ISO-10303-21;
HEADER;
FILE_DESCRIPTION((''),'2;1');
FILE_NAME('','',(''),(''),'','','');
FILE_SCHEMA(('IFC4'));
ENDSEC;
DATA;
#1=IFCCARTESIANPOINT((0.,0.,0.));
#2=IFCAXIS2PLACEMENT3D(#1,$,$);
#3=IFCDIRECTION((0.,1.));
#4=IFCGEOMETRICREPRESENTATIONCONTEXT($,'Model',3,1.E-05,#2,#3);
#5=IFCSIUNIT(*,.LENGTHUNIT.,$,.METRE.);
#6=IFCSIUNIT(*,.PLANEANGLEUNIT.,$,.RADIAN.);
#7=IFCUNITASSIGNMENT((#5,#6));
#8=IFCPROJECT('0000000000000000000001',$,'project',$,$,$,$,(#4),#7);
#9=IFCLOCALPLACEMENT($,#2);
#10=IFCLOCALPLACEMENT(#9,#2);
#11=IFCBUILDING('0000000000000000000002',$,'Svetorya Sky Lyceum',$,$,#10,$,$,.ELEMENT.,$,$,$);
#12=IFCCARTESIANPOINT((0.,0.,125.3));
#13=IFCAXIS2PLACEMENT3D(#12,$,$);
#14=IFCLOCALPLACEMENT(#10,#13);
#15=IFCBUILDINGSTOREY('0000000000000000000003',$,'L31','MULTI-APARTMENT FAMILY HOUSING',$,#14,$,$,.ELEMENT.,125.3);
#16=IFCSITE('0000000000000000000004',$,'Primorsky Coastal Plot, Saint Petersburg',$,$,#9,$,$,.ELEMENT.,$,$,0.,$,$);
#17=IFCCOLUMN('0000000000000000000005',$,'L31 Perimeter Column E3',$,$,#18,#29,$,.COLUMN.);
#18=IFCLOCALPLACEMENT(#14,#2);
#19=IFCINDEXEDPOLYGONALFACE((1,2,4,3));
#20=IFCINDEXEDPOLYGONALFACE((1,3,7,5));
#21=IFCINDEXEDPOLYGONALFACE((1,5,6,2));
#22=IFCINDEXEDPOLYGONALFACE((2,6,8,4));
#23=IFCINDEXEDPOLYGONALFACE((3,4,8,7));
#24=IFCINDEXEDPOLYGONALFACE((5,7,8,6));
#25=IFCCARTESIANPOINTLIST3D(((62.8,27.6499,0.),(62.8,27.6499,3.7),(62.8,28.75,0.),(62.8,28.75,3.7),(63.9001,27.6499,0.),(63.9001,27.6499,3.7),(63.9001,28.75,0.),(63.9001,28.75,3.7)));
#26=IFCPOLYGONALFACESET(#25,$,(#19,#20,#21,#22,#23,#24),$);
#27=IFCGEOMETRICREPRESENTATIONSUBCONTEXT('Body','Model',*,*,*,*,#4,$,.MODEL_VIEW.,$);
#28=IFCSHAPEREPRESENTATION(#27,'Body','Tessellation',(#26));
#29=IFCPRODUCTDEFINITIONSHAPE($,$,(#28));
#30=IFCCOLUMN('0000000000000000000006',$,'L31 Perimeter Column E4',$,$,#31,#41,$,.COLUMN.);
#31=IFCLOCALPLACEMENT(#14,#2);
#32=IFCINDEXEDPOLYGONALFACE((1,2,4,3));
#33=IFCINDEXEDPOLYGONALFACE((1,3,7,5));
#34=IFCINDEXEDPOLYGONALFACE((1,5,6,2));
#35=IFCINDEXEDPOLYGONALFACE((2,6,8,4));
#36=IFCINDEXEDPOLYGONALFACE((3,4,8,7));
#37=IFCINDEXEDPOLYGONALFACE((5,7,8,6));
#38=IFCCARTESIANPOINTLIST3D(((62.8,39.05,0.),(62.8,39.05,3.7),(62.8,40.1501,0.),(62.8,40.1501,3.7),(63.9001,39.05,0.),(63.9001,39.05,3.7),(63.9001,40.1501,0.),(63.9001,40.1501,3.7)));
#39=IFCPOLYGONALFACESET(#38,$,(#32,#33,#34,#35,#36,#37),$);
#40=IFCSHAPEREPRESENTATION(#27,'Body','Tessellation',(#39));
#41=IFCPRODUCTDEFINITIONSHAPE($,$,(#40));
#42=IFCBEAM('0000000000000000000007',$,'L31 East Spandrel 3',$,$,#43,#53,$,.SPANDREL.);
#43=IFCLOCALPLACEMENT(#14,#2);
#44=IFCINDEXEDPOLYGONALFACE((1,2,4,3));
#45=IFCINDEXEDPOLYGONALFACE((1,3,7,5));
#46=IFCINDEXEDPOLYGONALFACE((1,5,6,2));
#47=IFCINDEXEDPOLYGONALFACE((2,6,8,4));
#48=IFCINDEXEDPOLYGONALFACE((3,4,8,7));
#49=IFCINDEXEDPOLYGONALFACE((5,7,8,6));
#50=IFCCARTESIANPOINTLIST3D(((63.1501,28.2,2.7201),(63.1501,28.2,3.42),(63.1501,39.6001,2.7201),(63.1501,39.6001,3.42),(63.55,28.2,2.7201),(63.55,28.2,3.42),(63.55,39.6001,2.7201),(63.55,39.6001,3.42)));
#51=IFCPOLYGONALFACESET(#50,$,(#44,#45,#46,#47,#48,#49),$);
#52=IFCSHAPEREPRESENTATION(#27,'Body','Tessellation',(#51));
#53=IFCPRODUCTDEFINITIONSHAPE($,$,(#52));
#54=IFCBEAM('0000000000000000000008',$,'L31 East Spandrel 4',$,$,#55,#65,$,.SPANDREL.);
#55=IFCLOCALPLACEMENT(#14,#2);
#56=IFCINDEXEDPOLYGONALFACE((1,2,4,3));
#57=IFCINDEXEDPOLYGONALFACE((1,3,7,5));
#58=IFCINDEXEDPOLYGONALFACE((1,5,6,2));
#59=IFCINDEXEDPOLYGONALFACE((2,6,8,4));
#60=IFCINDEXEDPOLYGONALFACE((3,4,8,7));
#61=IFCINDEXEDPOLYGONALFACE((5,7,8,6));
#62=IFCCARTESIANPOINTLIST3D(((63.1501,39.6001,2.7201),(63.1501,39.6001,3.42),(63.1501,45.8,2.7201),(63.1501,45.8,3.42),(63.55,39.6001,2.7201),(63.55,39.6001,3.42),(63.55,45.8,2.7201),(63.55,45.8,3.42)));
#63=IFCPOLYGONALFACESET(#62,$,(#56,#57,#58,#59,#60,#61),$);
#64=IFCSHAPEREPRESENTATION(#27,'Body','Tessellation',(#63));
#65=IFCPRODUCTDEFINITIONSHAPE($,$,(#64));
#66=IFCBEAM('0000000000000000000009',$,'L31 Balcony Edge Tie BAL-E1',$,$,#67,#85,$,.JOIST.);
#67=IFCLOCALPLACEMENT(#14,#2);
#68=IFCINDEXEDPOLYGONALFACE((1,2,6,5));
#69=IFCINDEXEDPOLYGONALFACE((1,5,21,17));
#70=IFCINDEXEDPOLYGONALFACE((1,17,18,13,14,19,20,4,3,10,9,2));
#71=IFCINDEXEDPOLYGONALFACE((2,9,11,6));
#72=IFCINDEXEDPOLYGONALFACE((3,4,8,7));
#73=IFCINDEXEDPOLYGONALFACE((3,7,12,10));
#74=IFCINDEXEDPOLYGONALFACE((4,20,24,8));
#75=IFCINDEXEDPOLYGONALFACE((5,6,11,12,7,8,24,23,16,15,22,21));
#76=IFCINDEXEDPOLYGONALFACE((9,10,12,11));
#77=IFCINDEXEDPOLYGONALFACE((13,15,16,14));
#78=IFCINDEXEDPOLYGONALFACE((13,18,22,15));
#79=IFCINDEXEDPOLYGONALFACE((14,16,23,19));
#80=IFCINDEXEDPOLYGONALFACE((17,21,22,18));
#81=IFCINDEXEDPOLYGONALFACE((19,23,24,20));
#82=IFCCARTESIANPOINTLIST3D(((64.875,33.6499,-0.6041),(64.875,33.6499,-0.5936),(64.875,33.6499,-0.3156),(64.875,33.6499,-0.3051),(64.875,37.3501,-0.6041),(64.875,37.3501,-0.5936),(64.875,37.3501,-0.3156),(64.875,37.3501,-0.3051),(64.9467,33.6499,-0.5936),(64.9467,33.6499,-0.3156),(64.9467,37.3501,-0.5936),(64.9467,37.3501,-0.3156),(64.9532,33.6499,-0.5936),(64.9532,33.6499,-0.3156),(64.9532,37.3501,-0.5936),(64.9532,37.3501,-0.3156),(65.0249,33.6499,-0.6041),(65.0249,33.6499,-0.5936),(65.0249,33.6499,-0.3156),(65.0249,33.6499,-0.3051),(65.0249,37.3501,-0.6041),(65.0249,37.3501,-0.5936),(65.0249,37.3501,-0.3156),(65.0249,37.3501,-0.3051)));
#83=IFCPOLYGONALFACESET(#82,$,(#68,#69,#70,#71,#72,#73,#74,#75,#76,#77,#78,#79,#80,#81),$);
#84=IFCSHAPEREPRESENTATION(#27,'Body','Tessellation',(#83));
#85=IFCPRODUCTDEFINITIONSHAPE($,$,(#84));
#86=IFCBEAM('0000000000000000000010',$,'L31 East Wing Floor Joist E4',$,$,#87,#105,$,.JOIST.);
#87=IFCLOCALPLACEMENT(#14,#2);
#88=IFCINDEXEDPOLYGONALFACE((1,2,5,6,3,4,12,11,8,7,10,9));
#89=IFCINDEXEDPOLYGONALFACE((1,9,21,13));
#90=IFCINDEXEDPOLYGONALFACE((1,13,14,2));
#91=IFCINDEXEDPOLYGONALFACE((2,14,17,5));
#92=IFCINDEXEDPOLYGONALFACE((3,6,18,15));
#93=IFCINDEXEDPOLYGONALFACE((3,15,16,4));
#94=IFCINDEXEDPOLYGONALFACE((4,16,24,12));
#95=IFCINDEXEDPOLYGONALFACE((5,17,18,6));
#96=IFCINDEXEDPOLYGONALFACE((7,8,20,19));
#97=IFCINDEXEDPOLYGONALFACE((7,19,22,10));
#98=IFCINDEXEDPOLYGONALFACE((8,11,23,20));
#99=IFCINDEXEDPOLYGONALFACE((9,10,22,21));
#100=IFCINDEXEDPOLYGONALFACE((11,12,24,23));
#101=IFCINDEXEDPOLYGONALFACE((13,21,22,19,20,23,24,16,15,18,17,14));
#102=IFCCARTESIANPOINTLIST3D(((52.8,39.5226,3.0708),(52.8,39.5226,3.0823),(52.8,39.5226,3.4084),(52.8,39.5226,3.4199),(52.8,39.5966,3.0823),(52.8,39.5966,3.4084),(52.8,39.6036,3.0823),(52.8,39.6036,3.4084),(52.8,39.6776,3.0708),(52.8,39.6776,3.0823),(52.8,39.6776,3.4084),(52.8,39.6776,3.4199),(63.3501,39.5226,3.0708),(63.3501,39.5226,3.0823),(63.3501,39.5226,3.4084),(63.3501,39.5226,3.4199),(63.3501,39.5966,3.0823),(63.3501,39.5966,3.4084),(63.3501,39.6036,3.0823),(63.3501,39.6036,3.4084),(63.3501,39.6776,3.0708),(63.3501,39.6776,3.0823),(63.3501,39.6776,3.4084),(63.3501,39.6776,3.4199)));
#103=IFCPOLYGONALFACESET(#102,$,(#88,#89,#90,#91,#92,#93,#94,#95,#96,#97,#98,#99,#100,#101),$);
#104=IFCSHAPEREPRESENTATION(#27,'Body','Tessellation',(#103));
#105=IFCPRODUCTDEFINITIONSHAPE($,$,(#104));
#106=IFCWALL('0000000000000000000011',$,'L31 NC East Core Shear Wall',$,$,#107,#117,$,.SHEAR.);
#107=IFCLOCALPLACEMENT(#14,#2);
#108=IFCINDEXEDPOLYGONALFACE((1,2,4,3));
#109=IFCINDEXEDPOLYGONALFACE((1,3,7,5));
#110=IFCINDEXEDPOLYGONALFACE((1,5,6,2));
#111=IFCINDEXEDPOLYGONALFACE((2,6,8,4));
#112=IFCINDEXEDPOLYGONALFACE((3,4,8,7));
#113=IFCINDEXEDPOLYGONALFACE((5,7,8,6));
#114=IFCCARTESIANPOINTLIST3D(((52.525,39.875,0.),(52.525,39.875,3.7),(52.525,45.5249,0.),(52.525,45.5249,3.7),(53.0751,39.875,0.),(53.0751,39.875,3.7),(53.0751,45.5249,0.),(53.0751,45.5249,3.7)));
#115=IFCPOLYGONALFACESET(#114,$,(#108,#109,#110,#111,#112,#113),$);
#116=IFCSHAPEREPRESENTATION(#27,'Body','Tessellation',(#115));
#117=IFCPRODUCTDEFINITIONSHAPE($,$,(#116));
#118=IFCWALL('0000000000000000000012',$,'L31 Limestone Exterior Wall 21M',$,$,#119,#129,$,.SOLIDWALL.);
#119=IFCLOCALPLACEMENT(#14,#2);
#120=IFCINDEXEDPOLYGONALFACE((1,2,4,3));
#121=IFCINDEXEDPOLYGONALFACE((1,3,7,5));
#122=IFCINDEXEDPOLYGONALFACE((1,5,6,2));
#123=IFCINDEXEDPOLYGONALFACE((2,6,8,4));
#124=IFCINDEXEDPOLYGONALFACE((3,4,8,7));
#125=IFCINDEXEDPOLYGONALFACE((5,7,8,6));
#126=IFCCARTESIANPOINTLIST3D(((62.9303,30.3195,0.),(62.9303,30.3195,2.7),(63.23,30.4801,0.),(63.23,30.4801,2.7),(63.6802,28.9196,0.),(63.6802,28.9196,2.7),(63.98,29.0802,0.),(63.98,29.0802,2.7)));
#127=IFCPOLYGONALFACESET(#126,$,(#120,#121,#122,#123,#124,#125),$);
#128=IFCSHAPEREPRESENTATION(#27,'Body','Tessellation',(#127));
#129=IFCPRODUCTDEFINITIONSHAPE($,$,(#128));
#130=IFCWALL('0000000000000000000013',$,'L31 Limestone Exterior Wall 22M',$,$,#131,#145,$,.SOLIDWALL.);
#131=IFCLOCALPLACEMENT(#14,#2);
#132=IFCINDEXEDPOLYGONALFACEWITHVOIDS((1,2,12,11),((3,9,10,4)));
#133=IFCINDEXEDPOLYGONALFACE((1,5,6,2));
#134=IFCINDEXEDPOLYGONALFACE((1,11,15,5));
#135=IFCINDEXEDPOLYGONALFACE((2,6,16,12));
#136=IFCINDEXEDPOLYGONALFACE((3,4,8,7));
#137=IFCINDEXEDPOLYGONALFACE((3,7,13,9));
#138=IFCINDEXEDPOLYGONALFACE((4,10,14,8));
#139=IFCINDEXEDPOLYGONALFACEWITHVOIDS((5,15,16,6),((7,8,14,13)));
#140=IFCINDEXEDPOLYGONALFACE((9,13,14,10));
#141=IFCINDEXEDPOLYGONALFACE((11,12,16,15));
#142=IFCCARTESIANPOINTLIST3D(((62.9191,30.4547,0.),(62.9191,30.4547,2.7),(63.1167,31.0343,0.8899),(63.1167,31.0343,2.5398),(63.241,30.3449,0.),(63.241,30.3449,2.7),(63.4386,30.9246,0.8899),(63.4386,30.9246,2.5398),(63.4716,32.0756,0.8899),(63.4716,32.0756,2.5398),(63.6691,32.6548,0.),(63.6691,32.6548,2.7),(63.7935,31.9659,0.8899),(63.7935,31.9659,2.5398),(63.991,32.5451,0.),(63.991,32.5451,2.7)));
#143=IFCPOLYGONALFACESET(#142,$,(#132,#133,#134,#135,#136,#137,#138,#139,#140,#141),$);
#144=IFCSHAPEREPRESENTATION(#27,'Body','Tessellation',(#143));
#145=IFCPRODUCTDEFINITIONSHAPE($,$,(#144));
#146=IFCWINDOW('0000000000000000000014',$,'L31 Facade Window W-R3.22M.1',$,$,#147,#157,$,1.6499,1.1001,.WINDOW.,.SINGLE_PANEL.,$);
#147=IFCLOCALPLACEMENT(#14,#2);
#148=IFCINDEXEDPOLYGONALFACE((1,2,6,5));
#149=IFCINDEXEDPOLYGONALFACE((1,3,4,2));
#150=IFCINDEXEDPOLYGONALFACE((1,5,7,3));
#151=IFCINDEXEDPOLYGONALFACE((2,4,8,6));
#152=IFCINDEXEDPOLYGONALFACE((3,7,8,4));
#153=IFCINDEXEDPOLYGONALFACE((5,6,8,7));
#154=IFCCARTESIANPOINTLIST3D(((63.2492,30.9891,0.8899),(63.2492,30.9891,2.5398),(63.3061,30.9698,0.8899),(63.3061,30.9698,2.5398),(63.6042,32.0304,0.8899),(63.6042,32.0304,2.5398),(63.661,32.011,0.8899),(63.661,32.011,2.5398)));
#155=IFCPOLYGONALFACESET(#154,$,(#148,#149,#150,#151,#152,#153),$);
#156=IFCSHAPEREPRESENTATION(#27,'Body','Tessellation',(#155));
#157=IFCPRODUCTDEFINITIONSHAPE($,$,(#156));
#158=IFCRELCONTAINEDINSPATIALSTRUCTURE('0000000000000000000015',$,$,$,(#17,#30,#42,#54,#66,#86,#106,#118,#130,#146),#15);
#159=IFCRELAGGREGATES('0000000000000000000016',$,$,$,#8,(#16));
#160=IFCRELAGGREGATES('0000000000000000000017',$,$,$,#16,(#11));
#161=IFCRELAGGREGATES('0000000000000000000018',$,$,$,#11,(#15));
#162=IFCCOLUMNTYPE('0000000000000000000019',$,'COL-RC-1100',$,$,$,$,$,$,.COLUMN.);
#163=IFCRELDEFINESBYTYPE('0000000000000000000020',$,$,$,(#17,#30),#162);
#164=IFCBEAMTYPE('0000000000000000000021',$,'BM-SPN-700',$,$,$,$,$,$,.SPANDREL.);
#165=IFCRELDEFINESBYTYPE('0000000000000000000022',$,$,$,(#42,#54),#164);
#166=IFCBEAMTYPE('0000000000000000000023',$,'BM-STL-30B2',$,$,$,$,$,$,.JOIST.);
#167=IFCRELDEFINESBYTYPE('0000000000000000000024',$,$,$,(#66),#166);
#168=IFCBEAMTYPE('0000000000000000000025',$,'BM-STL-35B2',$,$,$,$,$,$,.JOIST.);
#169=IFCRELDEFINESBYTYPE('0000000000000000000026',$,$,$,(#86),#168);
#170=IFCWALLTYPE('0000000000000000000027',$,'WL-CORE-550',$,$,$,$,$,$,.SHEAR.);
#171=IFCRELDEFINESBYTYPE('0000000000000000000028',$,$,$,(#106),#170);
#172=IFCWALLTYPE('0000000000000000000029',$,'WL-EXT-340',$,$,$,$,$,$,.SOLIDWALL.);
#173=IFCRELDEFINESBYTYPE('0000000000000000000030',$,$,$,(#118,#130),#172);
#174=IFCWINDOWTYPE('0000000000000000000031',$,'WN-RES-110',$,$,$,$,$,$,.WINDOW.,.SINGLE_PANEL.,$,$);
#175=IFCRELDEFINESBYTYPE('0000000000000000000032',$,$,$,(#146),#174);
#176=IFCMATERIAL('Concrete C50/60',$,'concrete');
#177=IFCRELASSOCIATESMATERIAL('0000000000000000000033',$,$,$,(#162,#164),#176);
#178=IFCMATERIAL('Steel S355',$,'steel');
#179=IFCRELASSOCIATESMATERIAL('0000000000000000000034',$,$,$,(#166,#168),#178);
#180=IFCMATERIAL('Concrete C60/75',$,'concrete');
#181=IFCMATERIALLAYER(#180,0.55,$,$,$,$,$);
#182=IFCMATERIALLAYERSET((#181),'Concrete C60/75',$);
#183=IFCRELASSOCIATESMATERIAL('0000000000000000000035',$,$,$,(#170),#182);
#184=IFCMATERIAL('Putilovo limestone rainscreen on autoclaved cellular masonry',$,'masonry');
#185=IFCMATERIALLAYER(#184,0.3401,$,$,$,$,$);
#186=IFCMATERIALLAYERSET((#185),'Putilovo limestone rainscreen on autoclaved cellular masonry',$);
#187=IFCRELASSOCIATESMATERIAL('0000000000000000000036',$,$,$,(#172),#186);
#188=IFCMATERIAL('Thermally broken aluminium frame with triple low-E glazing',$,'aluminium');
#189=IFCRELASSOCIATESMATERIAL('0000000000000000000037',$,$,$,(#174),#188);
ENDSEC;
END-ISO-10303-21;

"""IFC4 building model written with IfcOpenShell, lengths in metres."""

from ifc_helpers import new_model, si_unit, direction, frame, frame_2d, origin, origin_2d, place, context, subcontext, project, spatial, rectangle, i_section, extrude, material, layer, layer_set, material_profile, profile_set, type_object, element, fill, save


model = new_model("IFC4")

# Units and contexts
model_context = context("Model", 3, precision=1e-05, world=origin(), true_north=direction((0.0, 1.0)))
body_context = subcontext(model_context, "Body", "Model", "MODEL_VIEW")
ifc_project = project(units=[si_unit("LENGTHUNIT", "METRE"), si_unit("PLANEANGLEUNIT", "RADIAN")], contexts=[model_context])

# Site, building, storey
site_placement = place(None, origin())
site = spatial("IfcSite", under=ifc_project, at=site_placement, Name="Primorsky Coastal Plot, Saint Petersburg", CompositionType="ELEMENT", RefElevation=0.0)
building_placement = place(site_placement, origin())
building = spatial("IfcBuilding", under=site, at=building_placement, Name="Svetorya Sky Lyceum", CompositionType="ELEMENT")
storey_placement = place(building_placement, frame((0.0, 0.0, 125.3)))
storey = spatial("IfcBuildingStorey", under=building, at=storey_placement, Name="L31", Description="MULTI-APARTMENT FAMILY HOUSING", CompositionType="ELEMENT", Elevation=125.3)

# Columns
ifc_material_1 = material(Name="Concrete C50/60", Category="concrete")
ifc_material_profile_1 = material_profile(ifc_material_1, rectangle(XDim=1.1001, YDim=1.1001, at=origin_2d()), Name="RC COL 1100x1100")
ifc_profile_set_1 = profile_set([ifc_material_profile_1], Name="Concrete C50/60")
column_type = type_object("IfcColumnType", Name="COL-RC-1100", PredefinedType="COLUMN", material=ifc_profile_set_1)
for number, where, z_axis, x_axis, name in (
    (1, (63.3501, 28.2, 0.0), (0.0, 0.0, 1.0), (1.0, 0.0, 0.0), "L31 Perimeter Column E3"),
    (2, (63.3501, 39.6001, 0.0), (0.0, 0.0, 1.0), (1.0, 0.0, 0.0), "L31 Perimeter Column E4"),
):
    element("IfcColumn", number, at=place(storey_placement, frame(where, z_axis=z_axis, x_axis=x_axis)), inside=storey, type_object=column_type, Name=name, PredefinedType="COLUMN", context=body_context, shape_type="SweptSolid", body=[
        extrude(rectangle(XDim=1.1001, YDim=1.1001, at=origin_2d()), origin(), (0.0, 0.0, 1.0), 3.7),
    ])

# Beams
ifc_material_profile_2 = material_profile(ifc_material_1, rectangle(XDim=0.3999, YDim=0.7, at=origin_2d()), Name="RC SPANDREL 400x700")
ifc_profile_set_2 = profile_set([ifc_material_profile_2], Name="Concrete C50/60")
beam_type_1 = type_object("IfcBeamType", Name="BM-SPN-700", PredefinedType="SPANDREL", material=ifc_profile_set_2)
beam_1_placement = place(storey_placement, frame((63.3501, 28.2, 3.0701), z_axis=(0.0, 1.0, 0.0), x_axis=(-1.0, 0.0, 0.0)))
element("IfcBeam", 3, at=beam_1_placement, inside=storey, type_object=beam_type_1, Name="L31 East Spandrel 3", PredefinedType="SPANDREL", context=body_context, shape_type="SweptSolid", body=[
    extrude(rectangle(XDim=0.3999, YDim=0.7, at=origin_2d()), origin(), (0.0, 0.0, 1.0), 11.4001),
])
beam_2_placement = place(storey_placement, frame((63.3501, 39.6001, 3.0701), z_axis=(0.0, 1.0, 0.0), x_axis=(-1.0, 0.0, 0.0)))
element("IfcBeam", 4, at=beam_2_placement, inside=storey, type_object=beam_type_1, Name="L31 East Spandrel 4", PredefinedType="SPANDREL", context=body_context, shape_type="SweptSolid", body=[
    extrude(rectangle(XDim=0.3999, YDim=0.7, at=origin_2d()), origin(), (0.0, 0.0, 1.0), 6.2),
])
ifc_material_2 = material(Name="Steel S355", Category="steel")
ifc_material_profile_3 = material_profile(ifc_material_2, i_section(OverallWidth=0.1499, OverallDepth=0.2991, WebThickness=0.0066, FlangeThickness=0.0105, at=origin_2d()), Name="GOST 30B2")
ifc_profile_set_3 = profile_set([ifc_material_profile_3], Name="Steel S355")
beam_type_2 = type_object("IfcBeamType", Name="BM-STL-30B2", PredefinedType="JOIST", material=ifc_profile_set_3)
beam_3_placement = place(storey_placement, frame((64.95, 33.6499, -0.4546), z_axis=(0.0, 1.0, 0.0), x_axis=(-1.0, 0.0, 0.0)))
element("IfcBeam", 5, at=beam_3_placement, inside=storey, type_object=beam_type_2, Name="L31 Balcony Edge Tie BAL-E1", PredefinedType="JOIST", context=body_context, shape_type="SweptSolid", body=[
    extrude(i_section(OverallWidth=0.1499, OverallDepth=0.2991, WebThickness=0.0066, FlangeThickness=0.0105, at=origin_2d()), origin(), (0.0, 0.0, 1.0), 3.7002),
])
ifc_material_profile_4 = material_profile(ifc_material_2, i_section(OverallWidth=0.155, OverallDepth=0.3491, WebThickness=0.0071, FlangeThickness=0.0115, at=origin_2d()), Name="GOST 35B2")
ifc_profile_set_4 = profile_set([ifc_material_profile_4], Name="Steel S355")
beam_type_3 = type_object("IfcBeamType", Name="BM-STL-35B2", PredefinedType="JOIST", material=ifc_profile_set_4)
beam_4_placement = place(storey_placement, frame((52.8, 39.6001, 3.2454), z_axis=(1.0, 0.0, 0.0), x_axis=(0.0, 1.0, 0.0)))
element("IfcBeam", 6, at=beam_4_placement, inside=storey, type_object=beam_type_3, Name="L31 East Wing Floor Joist E4", PredefinedType="JOIST", context=body_context, shape_type="SweptSolid", body=[
    extrude(i_section(OverallWidth=0.155, OverallDepth=0.3491, WebThickness=0.0071, FlangeThickness=0.0115, at=origin_2d()), origin(), (0.0, 0.0, 1.0), 10.55),
])

# Walls
ifc_material_3 = material(Name="Concrete C60/75", Category="concrete")
ifc_layer_1 = layer(ifc_material_3, 0.55)
ifc_layer_set_1 = layer_set([ifc_layer_1], Name="Concrete C60/75")
wall_type_1 = type_object("IfcWallType", Name="WL-CORE-550", PredefinedType="SHEAR", material=ifc_layer_set_1)
wall_1_placement = place(storey_placement, frame((52.8, 39.875, 0.0), z_axis=(0.0, 0.0, 1.0), x_axis=(0.0, 1.0, 0.0)))
element("IfcWall", 7, at=wall_1_placement, inside=storey, type_object=wall_type_1, Name="L31 NC East Core Shear Wall", PredefinedType="SHEAR", context=body_context, shape_type="SweptSolid", body=[
    extrude(rectangle(XDim=5.6499, YDim=0.55, at=frame_2d((2.825, 0.0))), origin(), (0.0, 0.0, 1.0), 3.7),
])
ifc_material_4 = material(Name="Putilovo limestone rainscreen on autoclaved cellular masonry", Category="masonry")
ifc_layer_2 = layer(ifc_material_4, 0.3401)
ifc_layer_set_2 = layer_set([ifc_layer_2], Name="Putilovo limestone rainscreen on autoclaved cellular masonry")
wall_type_2 = type_object("IfcWallType", Name="WL-EXT-340", PredefinedType="SOLIDWALL", material=ifc_layer_set_2)
wall_2_placement = place(storey_placement, frame((63.8301, 29.0, 0.0), z_axis=(0.0, 0.0, 1.0), x_axis=(-0.472247, 0.881466, 0.0)))
element("IfcWall", 8, at=wall_2_placement, inside=storey, type_object=wall_type_2, Name="L31 Limestone Exterior Wall 21M", PredefinedType="SOLIDWALL", context=body_context, shape_type="SweptSolid", body=[
    extrude(rectangle(XDim=1.5881, YDim=0.3401, at=frame_2d((0.7939, 0.0))), origin(), (0.0, 0.0, 1.0), 2.7),
])

# Wall, opening, window
wall_3_placement = place(storey_placement, frame((63.0801, 30.3999, 0.0), z_axis=(0.0, 0.0, 1.0), x_axis=(0.322648, 0.946519, 0.0)))
wall_3 = element("IfcWall", 9, at=wall_3_placement, inside=storey, type_object=wall_type_2, Name="L31 Limestone Exterior Wall 22M", PredefinedType="SOLIDWALL", context=body_context, shape_type="SweptSolid", body=[
    extrude(rectangle(XDim=2.3245, YDim=0.3401, at=frame_2d((1.1621, 0.0))), origin(), (0.0, 0.0, 1.0), 2.7),
])
opening_1_placement = place(wall_3_placement, frame((0.6123, 0.0, 0.8899)))
opening_1 = element("IfcOpeningElement", 10, at=opening_1_placement, cuts=wall_3, PredefinedType="OPENING", context=body_context, shape_type="SweptSolid", body=[
    extrude(rectangle(XDim=1.1001, YDim=1.6499, at=frame_2d((0.55, 0.825))), frame((0.0, 0.1799, 0.0), z_axis=(0.0, -1.0, 0.0), x_axis=(1.0, 0.0, 0.0)), (0.0, 0.0, 1.0), 0.3601),
])
ifc_material_5 = material(Name="Thermally broken aluminium frame with triple low-E glazing", Category="aluminium")
window_type_1 = type_object("IfcWindowType", Name="WN-RES-110", PartitioningType="SINGLE_PANEL", PredefinedType="WINDOW", material=ifc_material_5)
window_1_placement = place(opening_1_placement, origin())
window_1 = element("IfcWindow", 11, at=window_1_placement, inside=storey, type_object=window_type_1, Name="L31 Facade Window W-R3.22M.1", OverallHeight=1.6499, OverallWidth=1.1001, PartitioningType="SINGLE_PANEL", PredefinedType="WINDOW", context=body_context, shape_type="SweptSolid", body=[
    extrude(rectangle(XDim=1.1001, YDim=1.6499, at=frame_2d((0.55, 0.825))), frame((0.0, 0.03, 0.0), z_axis=(0.0, -1.0, 0.0), x_axis=(1.0, 0.0, 0.0)), (0.0, 0.0, 1.0), 0.0601),
])
fill(opening_1, window_1)

save(model, "model.ifc")
